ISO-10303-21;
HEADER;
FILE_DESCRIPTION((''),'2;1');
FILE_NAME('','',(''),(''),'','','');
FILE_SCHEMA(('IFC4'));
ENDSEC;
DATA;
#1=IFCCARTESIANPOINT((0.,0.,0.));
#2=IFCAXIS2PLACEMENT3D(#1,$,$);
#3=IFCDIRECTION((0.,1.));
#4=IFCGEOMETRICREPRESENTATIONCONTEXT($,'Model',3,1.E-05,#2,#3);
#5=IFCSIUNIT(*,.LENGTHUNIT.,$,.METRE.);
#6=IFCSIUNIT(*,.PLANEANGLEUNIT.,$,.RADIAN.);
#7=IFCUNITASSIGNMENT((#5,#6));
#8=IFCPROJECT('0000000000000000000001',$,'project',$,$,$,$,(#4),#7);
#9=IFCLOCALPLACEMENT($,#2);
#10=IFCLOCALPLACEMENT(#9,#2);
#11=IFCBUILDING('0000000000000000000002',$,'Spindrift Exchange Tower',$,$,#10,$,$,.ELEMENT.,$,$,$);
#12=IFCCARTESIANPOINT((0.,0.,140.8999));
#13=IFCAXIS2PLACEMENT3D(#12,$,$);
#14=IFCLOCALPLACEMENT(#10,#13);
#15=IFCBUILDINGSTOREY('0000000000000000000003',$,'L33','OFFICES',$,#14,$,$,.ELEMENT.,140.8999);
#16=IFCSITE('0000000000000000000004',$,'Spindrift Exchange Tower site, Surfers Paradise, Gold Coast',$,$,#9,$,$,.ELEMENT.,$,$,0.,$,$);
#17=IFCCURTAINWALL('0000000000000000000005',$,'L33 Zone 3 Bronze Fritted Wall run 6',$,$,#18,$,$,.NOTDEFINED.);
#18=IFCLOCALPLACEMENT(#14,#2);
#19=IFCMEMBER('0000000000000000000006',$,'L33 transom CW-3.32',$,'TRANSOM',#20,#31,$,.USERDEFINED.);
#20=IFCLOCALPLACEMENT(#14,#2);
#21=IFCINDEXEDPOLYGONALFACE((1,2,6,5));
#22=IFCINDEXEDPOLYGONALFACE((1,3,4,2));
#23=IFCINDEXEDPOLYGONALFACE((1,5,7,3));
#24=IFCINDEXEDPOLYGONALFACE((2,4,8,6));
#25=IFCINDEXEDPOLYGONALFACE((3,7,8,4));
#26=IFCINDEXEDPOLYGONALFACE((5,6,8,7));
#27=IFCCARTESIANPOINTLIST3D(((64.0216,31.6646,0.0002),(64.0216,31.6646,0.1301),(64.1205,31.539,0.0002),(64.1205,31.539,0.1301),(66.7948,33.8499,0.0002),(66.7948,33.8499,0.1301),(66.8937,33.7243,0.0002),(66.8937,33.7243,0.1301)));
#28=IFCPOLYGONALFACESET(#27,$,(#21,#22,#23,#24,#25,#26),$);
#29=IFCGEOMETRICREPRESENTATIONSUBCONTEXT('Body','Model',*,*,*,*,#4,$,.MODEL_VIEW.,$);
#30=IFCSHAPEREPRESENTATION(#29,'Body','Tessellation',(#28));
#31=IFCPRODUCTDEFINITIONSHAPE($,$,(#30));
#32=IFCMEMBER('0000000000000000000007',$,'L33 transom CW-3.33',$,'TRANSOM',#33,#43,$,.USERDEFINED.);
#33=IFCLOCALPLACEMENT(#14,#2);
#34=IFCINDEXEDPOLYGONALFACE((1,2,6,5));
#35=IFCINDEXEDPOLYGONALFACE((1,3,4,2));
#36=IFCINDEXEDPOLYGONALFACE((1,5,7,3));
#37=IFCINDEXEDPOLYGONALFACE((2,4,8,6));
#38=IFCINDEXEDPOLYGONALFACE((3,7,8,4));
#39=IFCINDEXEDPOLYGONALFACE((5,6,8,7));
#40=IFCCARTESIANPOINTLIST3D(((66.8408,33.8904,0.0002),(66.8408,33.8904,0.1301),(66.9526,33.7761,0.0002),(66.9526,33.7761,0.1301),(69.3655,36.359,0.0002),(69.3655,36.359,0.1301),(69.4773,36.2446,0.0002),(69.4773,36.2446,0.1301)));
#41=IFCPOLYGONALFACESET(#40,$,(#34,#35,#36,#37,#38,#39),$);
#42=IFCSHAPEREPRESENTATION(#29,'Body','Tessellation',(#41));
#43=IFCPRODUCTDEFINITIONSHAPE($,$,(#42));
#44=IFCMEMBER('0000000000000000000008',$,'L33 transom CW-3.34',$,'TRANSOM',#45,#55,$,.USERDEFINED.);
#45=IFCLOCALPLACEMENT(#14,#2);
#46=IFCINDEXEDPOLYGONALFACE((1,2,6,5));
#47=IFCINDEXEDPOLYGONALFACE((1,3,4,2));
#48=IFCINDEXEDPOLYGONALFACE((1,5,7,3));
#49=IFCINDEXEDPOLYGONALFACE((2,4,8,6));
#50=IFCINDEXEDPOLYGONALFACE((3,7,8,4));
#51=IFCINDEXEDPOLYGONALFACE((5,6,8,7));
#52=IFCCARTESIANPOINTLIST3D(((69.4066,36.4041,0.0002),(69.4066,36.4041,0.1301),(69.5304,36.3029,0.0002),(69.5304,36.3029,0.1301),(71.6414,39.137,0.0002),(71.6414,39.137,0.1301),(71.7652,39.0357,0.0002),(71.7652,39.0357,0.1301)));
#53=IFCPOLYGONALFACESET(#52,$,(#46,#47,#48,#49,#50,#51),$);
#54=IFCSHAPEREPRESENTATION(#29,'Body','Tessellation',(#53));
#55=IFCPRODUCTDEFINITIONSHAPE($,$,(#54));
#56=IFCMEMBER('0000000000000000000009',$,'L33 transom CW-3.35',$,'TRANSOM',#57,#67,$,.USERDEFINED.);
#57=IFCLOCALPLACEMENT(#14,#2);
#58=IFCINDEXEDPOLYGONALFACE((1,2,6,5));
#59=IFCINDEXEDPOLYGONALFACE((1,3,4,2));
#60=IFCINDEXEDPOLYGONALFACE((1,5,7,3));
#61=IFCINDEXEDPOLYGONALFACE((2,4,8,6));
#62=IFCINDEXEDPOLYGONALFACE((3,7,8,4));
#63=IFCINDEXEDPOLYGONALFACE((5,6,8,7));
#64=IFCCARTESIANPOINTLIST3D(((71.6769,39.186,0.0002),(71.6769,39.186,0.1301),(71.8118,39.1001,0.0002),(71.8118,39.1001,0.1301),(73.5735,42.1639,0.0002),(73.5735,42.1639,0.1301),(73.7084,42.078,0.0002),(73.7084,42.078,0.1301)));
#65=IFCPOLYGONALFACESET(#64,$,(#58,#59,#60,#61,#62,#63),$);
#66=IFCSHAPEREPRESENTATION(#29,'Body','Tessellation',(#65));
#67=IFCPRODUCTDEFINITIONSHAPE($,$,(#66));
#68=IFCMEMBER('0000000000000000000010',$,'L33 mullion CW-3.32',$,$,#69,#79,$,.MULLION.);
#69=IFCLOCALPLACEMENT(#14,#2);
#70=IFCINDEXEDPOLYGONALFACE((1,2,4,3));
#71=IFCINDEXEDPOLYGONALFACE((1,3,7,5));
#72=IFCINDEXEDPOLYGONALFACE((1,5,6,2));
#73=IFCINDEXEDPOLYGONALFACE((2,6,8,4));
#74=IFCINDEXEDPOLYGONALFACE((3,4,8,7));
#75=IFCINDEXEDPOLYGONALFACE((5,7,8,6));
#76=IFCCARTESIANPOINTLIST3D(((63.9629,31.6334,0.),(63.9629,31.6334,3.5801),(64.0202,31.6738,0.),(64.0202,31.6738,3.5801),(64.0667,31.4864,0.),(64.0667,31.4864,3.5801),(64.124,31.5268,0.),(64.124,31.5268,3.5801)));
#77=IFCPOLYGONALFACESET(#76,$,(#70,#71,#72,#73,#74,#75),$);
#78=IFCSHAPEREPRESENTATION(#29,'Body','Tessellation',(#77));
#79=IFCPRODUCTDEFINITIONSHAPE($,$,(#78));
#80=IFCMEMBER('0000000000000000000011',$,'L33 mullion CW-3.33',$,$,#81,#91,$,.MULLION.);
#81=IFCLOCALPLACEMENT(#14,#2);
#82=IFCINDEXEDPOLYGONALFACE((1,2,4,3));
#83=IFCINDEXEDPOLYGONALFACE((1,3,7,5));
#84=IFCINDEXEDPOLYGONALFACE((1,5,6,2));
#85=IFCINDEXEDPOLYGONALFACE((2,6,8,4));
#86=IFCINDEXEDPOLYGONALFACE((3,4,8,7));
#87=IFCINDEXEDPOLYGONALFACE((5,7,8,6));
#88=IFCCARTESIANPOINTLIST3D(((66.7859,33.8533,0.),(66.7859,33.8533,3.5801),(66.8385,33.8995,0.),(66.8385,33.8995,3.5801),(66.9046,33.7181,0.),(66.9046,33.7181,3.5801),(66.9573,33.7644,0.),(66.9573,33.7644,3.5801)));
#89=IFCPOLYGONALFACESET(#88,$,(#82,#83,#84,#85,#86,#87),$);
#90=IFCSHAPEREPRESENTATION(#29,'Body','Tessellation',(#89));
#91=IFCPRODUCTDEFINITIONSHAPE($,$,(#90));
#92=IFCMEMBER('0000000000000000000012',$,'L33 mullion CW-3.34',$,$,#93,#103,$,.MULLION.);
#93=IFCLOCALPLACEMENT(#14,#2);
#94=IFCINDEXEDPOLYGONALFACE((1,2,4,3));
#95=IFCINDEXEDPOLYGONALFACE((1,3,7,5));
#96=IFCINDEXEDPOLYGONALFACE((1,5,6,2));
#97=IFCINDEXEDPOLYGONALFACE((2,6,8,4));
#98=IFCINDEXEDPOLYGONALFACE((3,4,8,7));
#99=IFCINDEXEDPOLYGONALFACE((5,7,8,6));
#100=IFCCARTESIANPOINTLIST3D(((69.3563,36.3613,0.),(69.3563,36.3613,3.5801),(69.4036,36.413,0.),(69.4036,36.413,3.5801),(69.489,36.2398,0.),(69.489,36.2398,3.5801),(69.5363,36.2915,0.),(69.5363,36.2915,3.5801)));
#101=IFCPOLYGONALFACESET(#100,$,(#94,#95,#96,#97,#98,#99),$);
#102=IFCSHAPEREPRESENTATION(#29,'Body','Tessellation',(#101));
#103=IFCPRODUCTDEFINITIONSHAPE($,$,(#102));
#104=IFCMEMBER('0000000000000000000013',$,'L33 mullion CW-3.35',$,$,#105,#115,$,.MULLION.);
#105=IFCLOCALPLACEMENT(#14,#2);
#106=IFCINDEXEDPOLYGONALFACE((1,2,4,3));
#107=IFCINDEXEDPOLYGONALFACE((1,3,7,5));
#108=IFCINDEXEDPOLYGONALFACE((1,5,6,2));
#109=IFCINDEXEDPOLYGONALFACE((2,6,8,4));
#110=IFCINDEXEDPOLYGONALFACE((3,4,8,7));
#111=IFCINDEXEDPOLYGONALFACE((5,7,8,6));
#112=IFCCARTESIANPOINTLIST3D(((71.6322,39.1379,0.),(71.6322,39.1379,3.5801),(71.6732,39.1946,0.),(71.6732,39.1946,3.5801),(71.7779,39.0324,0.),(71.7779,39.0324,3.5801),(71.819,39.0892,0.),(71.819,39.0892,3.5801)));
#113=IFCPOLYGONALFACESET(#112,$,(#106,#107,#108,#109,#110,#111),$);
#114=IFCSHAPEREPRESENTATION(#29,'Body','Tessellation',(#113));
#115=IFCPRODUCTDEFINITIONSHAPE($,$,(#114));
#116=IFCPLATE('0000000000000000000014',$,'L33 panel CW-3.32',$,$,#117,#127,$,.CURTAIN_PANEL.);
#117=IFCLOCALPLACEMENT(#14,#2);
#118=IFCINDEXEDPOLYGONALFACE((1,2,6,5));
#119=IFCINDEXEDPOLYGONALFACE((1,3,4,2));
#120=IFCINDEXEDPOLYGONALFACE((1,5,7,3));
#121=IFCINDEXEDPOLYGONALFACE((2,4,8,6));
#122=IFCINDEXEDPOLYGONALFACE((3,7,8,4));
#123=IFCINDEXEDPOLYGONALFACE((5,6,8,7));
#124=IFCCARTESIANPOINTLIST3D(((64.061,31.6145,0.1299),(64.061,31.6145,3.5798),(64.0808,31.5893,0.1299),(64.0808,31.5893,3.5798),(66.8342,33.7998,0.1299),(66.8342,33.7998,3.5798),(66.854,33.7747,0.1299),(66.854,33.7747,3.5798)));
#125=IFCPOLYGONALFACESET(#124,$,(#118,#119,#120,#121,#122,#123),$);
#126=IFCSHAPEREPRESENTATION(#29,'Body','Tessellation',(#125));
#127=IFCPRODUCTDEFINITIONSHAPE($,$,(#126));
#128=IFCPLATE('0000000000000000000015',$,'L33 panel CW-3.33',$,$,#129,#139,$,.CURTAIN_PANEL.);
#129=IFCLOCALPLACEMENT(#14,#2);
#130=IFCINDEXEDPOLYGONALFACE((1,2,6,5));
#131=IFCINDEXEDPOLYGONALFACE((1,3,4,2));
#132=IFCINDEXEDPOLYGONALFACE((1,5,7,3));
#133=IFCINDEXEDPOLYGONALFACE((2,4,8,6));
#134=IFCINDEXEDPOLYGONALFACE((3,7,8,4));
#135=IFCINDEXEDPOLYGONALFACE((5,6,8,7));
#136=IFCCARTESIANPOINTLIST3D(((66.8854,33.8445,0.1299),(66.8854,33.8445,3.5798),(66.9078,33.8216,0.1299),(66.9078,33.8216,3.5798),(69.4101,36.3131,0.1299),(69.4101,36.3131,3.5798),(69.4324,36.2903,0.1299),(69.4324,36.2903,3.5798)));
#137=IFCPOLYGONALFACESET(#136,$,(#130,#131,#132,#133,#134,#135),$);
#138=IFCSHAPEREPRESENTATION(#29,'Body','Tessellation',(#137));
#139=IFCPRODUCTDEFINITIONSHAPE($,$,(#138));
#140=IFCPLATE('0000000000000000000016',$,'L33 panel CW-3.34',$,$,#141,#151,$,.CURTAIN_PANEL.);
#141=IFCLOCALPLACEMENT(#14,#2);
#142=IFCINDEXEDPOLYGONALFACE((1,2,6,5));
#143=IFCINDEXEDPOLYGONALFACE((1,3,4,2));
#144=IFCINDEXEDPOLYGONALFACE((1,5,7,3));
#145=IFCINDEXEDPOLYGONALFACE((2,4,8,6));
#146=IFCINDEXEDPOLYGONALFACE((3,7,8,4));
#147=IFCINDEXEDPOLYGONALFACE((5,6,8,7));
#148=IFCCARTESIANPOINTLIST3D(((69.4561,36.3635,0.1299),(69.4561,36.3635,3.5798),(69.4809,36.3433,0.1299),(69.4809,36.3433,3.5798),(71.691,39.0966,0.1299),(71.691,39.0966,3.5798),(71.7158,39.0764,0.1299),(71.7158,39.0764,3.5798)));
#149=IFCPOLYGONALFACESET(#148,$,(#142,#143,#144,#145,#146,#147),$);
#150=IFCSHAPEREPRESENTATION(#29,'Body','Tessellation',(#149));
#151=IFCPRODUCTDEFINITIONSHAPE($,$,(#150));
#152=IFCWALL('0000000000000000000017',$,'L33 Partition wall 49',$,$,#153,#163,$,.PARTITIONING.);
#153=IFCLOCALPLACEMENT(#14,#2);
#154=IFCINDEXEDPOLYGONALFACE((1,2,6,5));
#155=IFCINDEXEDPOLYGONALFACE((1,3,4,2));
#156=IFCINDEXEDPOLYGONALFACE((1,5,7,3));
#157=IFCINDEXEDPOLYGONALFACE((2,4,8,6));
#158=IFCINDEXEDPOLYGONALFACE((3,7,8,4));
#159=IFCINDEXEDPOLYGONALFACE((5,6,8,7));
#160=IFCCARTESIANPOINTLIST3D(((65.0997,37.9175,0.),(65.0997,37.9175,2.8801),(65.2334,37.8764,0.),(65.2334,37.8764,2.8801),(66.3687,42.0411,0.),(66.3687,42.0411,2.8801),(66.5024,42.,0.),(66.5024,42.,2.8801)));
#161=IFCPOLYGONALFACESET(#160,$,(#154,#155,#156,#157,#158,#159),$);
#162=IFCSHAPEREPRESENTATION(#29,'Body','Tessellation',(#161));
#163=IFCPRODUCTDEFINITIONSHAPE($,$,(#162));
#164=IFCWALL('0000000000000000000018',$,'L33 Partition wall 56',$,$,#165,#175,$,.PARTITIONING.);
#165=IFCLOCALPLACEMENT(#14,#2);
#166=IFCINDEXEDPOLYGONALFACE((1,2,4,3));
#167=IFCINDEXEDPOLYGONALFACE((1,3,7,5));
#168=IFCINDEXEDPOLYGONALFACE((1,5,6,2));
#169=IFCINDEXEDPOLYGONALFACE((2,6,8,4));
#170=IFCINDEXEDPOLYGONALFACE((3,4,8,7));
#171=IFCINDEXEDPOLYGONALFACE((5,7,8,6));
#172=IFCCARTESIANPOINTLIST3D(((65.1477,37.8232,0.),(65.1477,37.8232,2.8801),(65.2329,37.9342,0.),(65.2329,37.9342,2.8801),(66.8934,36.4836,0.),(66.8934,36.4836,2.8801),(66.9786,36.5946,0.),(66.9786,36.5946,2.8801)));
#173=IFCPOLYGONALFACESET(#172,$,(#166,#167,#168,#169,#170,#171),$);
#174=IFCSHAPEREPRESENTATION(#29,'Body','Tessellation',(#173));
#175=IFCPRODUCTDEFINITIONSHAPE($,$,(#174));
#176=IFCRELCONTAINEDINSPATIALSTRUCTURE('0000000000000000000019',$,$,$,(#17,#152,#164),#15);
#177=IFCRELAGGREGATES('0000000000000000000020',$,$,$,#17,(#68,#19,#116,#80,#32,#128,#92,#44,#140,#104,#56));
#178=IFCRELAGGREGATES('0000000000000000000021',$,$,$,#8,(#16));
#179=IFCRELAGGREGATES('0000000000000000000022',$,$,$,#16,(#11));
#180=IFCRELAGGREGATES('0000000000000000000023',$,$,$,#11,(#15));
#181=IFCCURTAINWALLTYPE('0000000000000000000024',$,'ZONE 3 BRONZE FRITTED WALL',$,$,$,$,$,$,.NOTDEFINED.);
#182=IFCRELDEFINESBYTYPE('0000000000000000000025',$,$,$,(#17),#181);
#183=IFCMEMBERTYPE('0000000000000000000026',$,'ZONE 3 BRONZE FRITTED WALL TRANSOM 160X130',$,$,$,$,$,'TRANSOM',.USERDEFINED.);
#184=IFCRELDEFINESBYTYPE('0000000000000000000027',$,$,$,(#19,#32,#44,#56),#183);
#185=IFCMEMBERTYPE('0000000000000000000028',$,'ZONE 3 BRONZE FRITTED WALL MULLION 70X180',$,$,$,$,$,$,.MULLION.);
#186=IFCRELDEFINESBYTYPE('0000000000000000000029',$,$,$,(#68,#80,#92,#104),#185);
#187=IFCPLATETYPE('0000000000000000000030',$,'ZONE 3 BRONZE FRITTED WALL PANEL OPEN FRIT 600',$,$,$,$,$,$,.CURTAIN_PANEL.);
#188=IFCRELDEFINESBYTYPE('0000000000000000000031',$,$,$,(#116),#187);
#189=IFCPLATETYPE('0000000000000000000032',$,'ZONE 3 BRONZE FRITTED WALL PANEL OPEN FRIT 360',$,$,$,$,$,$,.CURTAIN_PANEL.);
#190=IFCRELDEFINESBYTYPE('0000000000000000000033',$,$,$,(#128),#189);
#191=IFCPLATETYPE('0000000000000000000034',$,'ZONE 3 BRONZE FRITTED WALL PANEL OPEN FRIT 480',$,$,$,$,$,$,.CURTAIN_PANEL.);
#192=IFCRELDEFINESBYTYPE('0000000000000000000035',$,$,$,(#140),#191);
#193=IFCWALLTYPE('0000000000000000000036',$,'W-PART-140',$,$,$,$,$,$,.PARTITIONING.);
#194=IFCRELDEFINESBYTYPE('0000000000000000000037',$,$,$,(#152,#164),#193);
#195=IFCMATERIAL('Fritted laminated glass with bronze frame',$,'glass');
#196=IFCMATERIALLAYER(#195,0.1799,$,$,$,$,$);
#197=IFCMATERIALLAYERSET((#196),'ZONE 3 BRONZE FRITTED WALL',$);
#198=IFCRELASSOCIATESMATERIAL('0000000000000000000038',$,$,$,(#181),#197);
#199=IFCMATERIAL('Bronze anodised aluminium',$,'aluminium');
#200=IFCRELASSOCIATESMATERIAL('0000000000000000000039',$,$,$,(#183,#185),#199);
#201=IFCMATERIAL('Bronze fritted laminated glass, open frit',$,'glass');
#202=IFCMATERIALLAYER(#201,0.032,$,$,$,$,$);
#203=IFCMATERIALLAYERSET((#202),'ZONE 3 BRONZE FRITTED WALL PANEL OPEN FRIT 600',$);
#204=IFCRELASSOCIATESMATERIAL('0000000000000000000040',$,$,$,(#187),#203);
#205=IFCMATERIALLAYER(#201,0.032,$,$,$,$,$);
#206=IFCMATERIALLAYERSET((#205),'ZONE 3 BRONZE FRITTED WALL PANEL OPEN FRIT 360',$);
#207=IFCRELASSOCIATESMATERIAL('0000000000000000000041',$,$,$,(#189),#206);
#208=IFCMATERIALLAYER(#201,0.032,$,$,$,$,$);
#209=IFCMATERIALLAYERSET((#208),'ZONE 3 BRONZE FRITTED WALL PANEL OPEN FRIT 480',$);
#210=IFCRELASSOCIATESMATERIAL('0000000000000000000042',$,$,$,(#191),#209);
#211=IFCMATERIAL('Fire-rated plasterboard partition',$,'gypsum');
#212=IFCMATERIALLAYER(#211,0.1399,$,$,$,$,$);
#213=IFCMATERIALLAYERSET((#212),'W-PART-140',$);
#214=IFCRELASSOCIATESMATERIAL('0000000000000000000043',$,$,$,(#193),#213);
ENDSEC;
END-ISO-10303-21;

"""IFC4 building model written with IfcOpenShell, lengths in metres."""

from ifc_helpers import new_model, si_unit, direction, frame, frame_2d, origin, origin_2d, place, context, subcontext, project, spatial, rectangle, extrude, source, transform, mapped, material, layer, layer_set, material_profile, profile_set, type_object, element, aggregate, save


model = new_model("IFC4")

# Units and contexts
model_context = context("Model", 3, precision=1e-05, world=origin(), true_north=direction((0.0, 1.0)))
body_context = subcontext(model_context, "Body", "Model", "MODEL_VIEW")
ifc_project = project(units=[si_unit("LENGTHUNIT", "METRE"), si_unit("PLANEANGLEUNIT", "RADIAN")], contexts=[model_context])

# Site, building, storey
site_placement = place(None, origin())
site = spatial("IfcSite", under=ifc_project, at=site_placement, Name="Spindrift Exchange Tower site, Surfers Paradise, Gold Coast", CompositionType="ELEMENT", RefElevation=0.0)
building_placement = place(site_placement, origin())
building = spatial("IfcBuilding", under=site, at=building_placement, Name="Spindrift Exchange Tower", CompositionType="ELEMENT")
storey_placement = place(building_placement, frame((0.0, 0.0, 140.8999)))
storey = spatial("IfcBuildingStorey", under=building, at=storey_placement, Name="L33", Description="OFFICES", CompositionType="ELEMENT", Elevation=140.8999)

# Curtain wall, members, plates
ifc_material_1 = material(Name="Fritted laminated glass with bronze frame", Category="glass")
ifc_layer_1 = layer(ifc_material_1, 0.1799)
ifc_layer_set_1 = layer_set([ifc_layer_1], Name="ZONE 3 BRONZE FRITTED WALL")
curtain_wall_type = type_object("IfcCurtainWallType", Name="ZONE 3 BRONZE FRITTED WALL", PredefinedType="NOTDEFINED", material=ifc_layer_set_1)
curtain_wall_placement = place(storey_placement, origin())
curtain_wall = element("IfcCurtainWall", 1, at=curtain_wall_placement, inside=storey, type_object=curtain_wall_type, Name="L33 Zone 3 Bronze Fritted Wall run 6", PredefinedType="NOTDEFINED")
ifc_material_2 = material(Name="Bronze anodised aluminium", Category="aluminium")
ifc_material_profile_1 = material_profile(ifc_material_2, rectangle(XDim=0.1599, YDim=0.1299, at=origin_2d()), Name="ZONE 3 BRONZE FRITTED WALL TRANSOM 160X130")
ifc_profile_set_1 = profile_set([ifc_material_profile_1], Name="Bronze anodised aluminium")
member_type_1 = type_object("IfcMemberType", Name="ZONE 3 BRONZE FRITTED WALL TRANSOM 160X130", ElementType="TRANSOM", PredefinedType="USERDEFINED", material=ifc_profile_set_1)
shared_shape_1 = source(origin(), body_context, "Body", "SweptSolid", [
    extrude(rectangle(XDim=0.1599, YDim=0.1299, at=origin_2d()), origin(), (0.0, 0.0, 1.0), 3.5308),
])
member_1_placement = place(storey_placement, frame((64.071, 31.6018, 0.0652), z_axis=(0.785442, 0.618936, 0.0), x_axis=(-0.618936, 0.785442, 0.0)))
member_1 = element("IfcMember", 2, at=member_1_placement, type_object=member_type_1, Name="L33 transom CW-3.32", ObjectType="TRANSOM", PredefinedType="USERDEFINED", context=body_context, shape_type="MappedRepresentation", body=[
    mapped(shared_shape_1, transform((0.0, 0.0, 0.0), scale=1.0)),
])
shared_shape_2 = source(origin(), body_context, "Body", "SweptSolid", [
    extrude(rectangle(XDim=0.1599, YDim=0.1299, at=origin_2d()), origin(), (0.0, 0.0, 1.0), 3.531),
])
member_2_placement = place(storey_placement, frame((66.8967, 33.8333, 0.0652), z_axis=(0.715014, 0.699111, 0.0), x_axis=(-0.699111, 0.715014, 0.0)))
member_2 = element("IfcMember", 3, at=member_2_placement, type_object=member_type_1, Name="L33 transom CW-3.33", ObjectType="TRANSOM", PredefinedType="USERDEFINED", context=body_context, shape_type="MappedRepresentation", body=[
    mapped(shared_shape_2, transform((0.0, 0.0, 0.0), scale=1.0)),
])
shared_shape_3 = source(origin(), body_context, "Body", "SweptSolid", [
    extrude(rectangle(XDim=0.1599, YDim=0.1299, at=origin_2d()), origin(), (0.0, 0.0, 1.0), 3.5303),
])
member_3_placement = place(storey_placement, frame((69.4685, 36.3535, 0.0652), z_axis=(0.633042, 0.774117, 0.0), x_axis=(-0.774117, 0.633042, 0.0)))
member_3 = element("IfcMember", 4, at=member_3_placement, type_object=member_type_1, Name="L33 transom CW-3.34", ObjectType="TRANSOM", PredefinedType="USERDEFINED", context=body_context, shape_type="MappedRepresentation", body=[
    mapped(shared_shape_3, transform((0.0, 0.0, 0.0), scale=1.0)),
])
shared_shape_4 = source(origin(), body_context, "Body", "SweptSolid", [
    extrude(rectangle(XDim=0.1599, YDim=0.1299, at=origin_2d()), origin(), (0.0, 0.0, 1.0), 3.5305),
])
member_4_placement = place(storey_placement, frame((71.7444, 39.1431, 0.0652), z_axis=(0.537184, 0.843465, 0.0), x_axis=(-0.843465, 0.537184, 0.0)))
member_4 = element("IfcMember", 5, at=member_4_placement, type_object=member_type_1, Name="L33 transom CW-3.35", ObjectType="TRANSOM", PredefinedType="USERDEFINED", context=body_context, shape_type="MappedRepresentation", body=[
    mapped(shared_shape_4, transform((0.0, 0.0, 0.0), scale=1.0)),
])
ifc_material_profile_2 = material_profile(ifc_material_2, rectangle(XDim=0.0701, YDim=0.1799, at=origin_2d()), Name="ZONE 3 BRONZE FRITTED WALL MULLION 70X180")
ifc_profile_set_2 = profile_set([ifc_material_profile_2], Name="Bronze anodised aluminium")
member_type_2 = type_object("IfcMemberType", Name="ZONE 3 BRONZE FRITTED WALL MULLION 70X180", PredefinedType="MULLION", material=ifc_profile_set_2)
shared_shape_5 = source(origin(), body_context, "Body", "SweptSolid", [
    extrude(rectangle(XDim=0.0701, YDim=0.1799, at=origin_2d()), origin(), (0.0, 0.0, 1.0), 3.5801),
])
member_5_placement = place(storey_placement, frame((64.0435, 31.5801, 0.0), z_axis=(0.0, 0.0, 1.0), x_axis=(0.816841, 0.576863, 0.0)))
member_5 = element("IfcMember", 6, at=member_5_placement, type_object=member_type_2, Name="L33 mullion CW-3.32", PredefinedType="MULLION", context=body_context, shape_type="MappedRepresentation", body=[
    mapped(shared_shape_5, transform((0.0, 0.0, 0.0), scale=1.0)),
])
member_6_placement = place(storey_placement, frame((66.8716, 33.8088, 0.0), z_axis=(0.0, 0.0, 1.0), x_axis=(0.751284, 0.65998, 0.0)))
member_6 = element("IfcMember", 7, at=member_6_placement, type_object=member_type_2, Name="L33 mullion CW-3.33", PredefinedType="MULLION", context=body_context, shape_type="MappedRepresentation", body=[
    mapped(shared_shape_5, transform((0.0, 0.0, 0.0), scale=1.0)),
])
member_7_placement = place(storey_placement, frame((69.4463, 36.3264, 0.0), z_axis=(0.0, 0.0, 1.0), x_axis=(0.675047, 0.737775, 0.0)))
member_7 = element("IfcMember", 8, at=member_7_placement, type_object=member_type_2, Name="L33 mullion CW-3.34", PredefinedType="MULLION", context=body_context, shape_type="MappedRepresentation", body=[
    mapped(shared_shape_5, transform((0.0, 0.0, 0.0), scale=1.0)),
])
member_8_placement = place(storey_placement, frame((71.7256, 39.1135, 0.0), z_axis=(0.0, 0.0, 1.0), x_axis=(0.586136, 0.810213, 0.0)))
member_8 = element("IfcMember", 9, at=member_8_placement, type_object=member_type_2, Name="L33 mullion CW-3.35", PredefinedType="MULLION", context=body_context, shape_type="MappedRepresentation", body=[
    mapped(shared_shape_5, transform((0.0, 0.0, 0.0), scale=1.0)),
])
ifc_material_3 = material(Name="Bronze fritted laminated glass, open frit", Category="glass")
ifc_layer_2 = layer(ifc_material_3, 0.032)
ifc_layer_set_2 = layer_set([ifc_layer_2], Name="ZONE 3 BRONZE FRITTED WALL PANEL OPEN FRIT 600")
plate_type_1 = type_object("IfcPlateType", Name="ZONE 3 BRONZE FRITTED WALL PANEL OPEN FRIT 600", PredefinedType="CURTAIN_PANEL", material=ifc_layer_set_2)
shared_shape_6 = source(origin(), body_context, "Body", "SweptSolid", [
    extrude(rectangle(XDim=3.5308, YDim=0.032, at=origin_2d()), origin(), (0.0, 0.0, 1.0), 3.45),
])
plate_1_placement = place(storey_placement, frame((65.4575, 32.6946, 0.1299), z_axis=(0.0, 0.0, 1.0), x_axis=(0.785435, 0.618945, 0.0)))
plate_1 = element("IfcPlate", 10, at=plate_1_placement, type_object=plate_type_1, Name="L33 panel CW-3.32", PredefinedType="CURTAIN_PANEL", context=body_context, shape_type="MappedRepresentation", body=[
    mapped(shared_shape_6, transform((0.0, 0.0, 0.0), scale=1.0)),
])
ifc_layer_3 = layer(ifc_material_3, 0.032)
ifc_layer_set_3 = layer_set([ifc_layer_3], Name="ZONE 3 BRONZE FRITTED WALL PANEL OPEN FRIT 360")
plate_type_2 = type_object("IfcPlateType", Name="ZONE 3 BRONZE FRITTED WALL PANEL OPEN FRIT 360", PredefinedType="CURTAIN_PANEL", material=ifc_layer_set_3)
shared_shape_7 = source(origin(), body_context, "Body", "SweptSolid", [
    extrude(rectangle(XDim=3.531, YDim=0.032, at=origin_2d()), origin(), (0.0, 0.0, 1.0), 3.45),
])
plate_2_placement = place(storey_placement, frame((68.1589, 35.0674, 0.1299), z_axis=(0.0, 0.0, 1.0), x_axis=(0.714991, 0.699133, 0.0)))
plate_2 = element("IfcPlate", 11, at=plate_2_placement, type_object=plate_type_2, Name="L33 panel CW-3.33", PredefinedType="CURTAIN_PANEL", context=body_context, shape_type="MappedRepresentation", body=[
    mapped(shared_shape_7, transform((0.0, 0.0, 0.0), scale=1.0)),
])
ifc_layer_4 = layer(ifc_material_3, 0.032)
ifc_layer_set_4 = layer_set([ifc_layer_4], Name="ZONE 3 BRONZE FRITTED WALL PANEL OPEN FRIT 480")
plate_type_3 = type_object("IfcPlateType", Name="ZONE 3 BRONZE FRITTED WALL PANEL OPEN FRIT 480", PredefinedType="CURTAIN_PANEL", material=ifc_layer_set_4)
shared_shape_8 = source(origin(), body_context, "Body", "SweptSolid", [
    extrude(rectangle(XDim=3.5305, YDim=0.032, at=origin_2d()), origin(), (0.0, 0.0, 1.0), 3.45),
])
plate_3_placement = place(storey_placement, frame((70.5859, 37.72, 0.1299), z_axis=(0.0, 0.0, 1.0), x_axis=(0.633019, 0.774136, 0.0)))
plate_3 = element("IfcPlate", 12, at=plate_3_placement, type_object=plate_type_3, Name="L33 panel CW-3.34", PredefinedType="CURTAIN_PANEL", context=body_context, shape_type="MappedRepresentation", body=[
    mapped(shared_shape_8, transform((0.0, 0.0, 0.0), scale=1.0)),
])
aggregate(curtain_wall, [member_5, member_1, plate_1, member_6, member_2, plate_2, member_7, member_3, plate_3, member_8, member_4])

# Walls
ifc_material_4 = material(Name="Fire-rated plasterboard partition", Category="gypsum")
ifc_layer_5 = layer(ifc_material_4, 0.1399)
ifc_layer_set_5 = layer_set([ifc_layer_5], Name="W-PART-140")
wall_type = type_object("IfcWallType", Name="W-PART-140", PredefinedType="PARTITIONING", material=ifc_layer_set_5)
wall_1_placement = place(storey_placement, frame((65.1665, 37.897, 0.0), z_axis=(0.0, 0.0, 1.0), x_axis=(0.294142, 0.955762, 0.0)))
element("IfcWall", 13, at=wall_1_placement, inside=storey, type_object=wall_type, Name="L33 Partition wall 49", PredefinedType="PARTITIONING", context=body_context, shape_type="SweptSolid", body=[
    extrude(rectangle(XDim=4.3145, YDim=0.1399, at=frame_2d((2.1572, 0.0))), origin(), (0.0, 0.0, 1.0), 2.8801),
])
wall_2_placement = place(storey_placement, frame((65.1904, 37.8787, 0.0), z_axis=(0.0, 0.0, 1.0), x_axis=(0.793321, -0.608804, 0.0)))
element("IfcWall", 14, at=wall_2_placement, inside=storey, type_object=wall_type, Name="L33 Partition wall 56", PredefinedType="PARTITIONING", context=body_context, shape_type="SweptSolid", body=[
    extrude(rectangle(XDim=2.2004, YDim=0.1399, at=frame_2d((1.1001, 0.0))), origin(), (0.0, 0.0, 1.0), 2.8801),
])

save(model, "model.ifc")
